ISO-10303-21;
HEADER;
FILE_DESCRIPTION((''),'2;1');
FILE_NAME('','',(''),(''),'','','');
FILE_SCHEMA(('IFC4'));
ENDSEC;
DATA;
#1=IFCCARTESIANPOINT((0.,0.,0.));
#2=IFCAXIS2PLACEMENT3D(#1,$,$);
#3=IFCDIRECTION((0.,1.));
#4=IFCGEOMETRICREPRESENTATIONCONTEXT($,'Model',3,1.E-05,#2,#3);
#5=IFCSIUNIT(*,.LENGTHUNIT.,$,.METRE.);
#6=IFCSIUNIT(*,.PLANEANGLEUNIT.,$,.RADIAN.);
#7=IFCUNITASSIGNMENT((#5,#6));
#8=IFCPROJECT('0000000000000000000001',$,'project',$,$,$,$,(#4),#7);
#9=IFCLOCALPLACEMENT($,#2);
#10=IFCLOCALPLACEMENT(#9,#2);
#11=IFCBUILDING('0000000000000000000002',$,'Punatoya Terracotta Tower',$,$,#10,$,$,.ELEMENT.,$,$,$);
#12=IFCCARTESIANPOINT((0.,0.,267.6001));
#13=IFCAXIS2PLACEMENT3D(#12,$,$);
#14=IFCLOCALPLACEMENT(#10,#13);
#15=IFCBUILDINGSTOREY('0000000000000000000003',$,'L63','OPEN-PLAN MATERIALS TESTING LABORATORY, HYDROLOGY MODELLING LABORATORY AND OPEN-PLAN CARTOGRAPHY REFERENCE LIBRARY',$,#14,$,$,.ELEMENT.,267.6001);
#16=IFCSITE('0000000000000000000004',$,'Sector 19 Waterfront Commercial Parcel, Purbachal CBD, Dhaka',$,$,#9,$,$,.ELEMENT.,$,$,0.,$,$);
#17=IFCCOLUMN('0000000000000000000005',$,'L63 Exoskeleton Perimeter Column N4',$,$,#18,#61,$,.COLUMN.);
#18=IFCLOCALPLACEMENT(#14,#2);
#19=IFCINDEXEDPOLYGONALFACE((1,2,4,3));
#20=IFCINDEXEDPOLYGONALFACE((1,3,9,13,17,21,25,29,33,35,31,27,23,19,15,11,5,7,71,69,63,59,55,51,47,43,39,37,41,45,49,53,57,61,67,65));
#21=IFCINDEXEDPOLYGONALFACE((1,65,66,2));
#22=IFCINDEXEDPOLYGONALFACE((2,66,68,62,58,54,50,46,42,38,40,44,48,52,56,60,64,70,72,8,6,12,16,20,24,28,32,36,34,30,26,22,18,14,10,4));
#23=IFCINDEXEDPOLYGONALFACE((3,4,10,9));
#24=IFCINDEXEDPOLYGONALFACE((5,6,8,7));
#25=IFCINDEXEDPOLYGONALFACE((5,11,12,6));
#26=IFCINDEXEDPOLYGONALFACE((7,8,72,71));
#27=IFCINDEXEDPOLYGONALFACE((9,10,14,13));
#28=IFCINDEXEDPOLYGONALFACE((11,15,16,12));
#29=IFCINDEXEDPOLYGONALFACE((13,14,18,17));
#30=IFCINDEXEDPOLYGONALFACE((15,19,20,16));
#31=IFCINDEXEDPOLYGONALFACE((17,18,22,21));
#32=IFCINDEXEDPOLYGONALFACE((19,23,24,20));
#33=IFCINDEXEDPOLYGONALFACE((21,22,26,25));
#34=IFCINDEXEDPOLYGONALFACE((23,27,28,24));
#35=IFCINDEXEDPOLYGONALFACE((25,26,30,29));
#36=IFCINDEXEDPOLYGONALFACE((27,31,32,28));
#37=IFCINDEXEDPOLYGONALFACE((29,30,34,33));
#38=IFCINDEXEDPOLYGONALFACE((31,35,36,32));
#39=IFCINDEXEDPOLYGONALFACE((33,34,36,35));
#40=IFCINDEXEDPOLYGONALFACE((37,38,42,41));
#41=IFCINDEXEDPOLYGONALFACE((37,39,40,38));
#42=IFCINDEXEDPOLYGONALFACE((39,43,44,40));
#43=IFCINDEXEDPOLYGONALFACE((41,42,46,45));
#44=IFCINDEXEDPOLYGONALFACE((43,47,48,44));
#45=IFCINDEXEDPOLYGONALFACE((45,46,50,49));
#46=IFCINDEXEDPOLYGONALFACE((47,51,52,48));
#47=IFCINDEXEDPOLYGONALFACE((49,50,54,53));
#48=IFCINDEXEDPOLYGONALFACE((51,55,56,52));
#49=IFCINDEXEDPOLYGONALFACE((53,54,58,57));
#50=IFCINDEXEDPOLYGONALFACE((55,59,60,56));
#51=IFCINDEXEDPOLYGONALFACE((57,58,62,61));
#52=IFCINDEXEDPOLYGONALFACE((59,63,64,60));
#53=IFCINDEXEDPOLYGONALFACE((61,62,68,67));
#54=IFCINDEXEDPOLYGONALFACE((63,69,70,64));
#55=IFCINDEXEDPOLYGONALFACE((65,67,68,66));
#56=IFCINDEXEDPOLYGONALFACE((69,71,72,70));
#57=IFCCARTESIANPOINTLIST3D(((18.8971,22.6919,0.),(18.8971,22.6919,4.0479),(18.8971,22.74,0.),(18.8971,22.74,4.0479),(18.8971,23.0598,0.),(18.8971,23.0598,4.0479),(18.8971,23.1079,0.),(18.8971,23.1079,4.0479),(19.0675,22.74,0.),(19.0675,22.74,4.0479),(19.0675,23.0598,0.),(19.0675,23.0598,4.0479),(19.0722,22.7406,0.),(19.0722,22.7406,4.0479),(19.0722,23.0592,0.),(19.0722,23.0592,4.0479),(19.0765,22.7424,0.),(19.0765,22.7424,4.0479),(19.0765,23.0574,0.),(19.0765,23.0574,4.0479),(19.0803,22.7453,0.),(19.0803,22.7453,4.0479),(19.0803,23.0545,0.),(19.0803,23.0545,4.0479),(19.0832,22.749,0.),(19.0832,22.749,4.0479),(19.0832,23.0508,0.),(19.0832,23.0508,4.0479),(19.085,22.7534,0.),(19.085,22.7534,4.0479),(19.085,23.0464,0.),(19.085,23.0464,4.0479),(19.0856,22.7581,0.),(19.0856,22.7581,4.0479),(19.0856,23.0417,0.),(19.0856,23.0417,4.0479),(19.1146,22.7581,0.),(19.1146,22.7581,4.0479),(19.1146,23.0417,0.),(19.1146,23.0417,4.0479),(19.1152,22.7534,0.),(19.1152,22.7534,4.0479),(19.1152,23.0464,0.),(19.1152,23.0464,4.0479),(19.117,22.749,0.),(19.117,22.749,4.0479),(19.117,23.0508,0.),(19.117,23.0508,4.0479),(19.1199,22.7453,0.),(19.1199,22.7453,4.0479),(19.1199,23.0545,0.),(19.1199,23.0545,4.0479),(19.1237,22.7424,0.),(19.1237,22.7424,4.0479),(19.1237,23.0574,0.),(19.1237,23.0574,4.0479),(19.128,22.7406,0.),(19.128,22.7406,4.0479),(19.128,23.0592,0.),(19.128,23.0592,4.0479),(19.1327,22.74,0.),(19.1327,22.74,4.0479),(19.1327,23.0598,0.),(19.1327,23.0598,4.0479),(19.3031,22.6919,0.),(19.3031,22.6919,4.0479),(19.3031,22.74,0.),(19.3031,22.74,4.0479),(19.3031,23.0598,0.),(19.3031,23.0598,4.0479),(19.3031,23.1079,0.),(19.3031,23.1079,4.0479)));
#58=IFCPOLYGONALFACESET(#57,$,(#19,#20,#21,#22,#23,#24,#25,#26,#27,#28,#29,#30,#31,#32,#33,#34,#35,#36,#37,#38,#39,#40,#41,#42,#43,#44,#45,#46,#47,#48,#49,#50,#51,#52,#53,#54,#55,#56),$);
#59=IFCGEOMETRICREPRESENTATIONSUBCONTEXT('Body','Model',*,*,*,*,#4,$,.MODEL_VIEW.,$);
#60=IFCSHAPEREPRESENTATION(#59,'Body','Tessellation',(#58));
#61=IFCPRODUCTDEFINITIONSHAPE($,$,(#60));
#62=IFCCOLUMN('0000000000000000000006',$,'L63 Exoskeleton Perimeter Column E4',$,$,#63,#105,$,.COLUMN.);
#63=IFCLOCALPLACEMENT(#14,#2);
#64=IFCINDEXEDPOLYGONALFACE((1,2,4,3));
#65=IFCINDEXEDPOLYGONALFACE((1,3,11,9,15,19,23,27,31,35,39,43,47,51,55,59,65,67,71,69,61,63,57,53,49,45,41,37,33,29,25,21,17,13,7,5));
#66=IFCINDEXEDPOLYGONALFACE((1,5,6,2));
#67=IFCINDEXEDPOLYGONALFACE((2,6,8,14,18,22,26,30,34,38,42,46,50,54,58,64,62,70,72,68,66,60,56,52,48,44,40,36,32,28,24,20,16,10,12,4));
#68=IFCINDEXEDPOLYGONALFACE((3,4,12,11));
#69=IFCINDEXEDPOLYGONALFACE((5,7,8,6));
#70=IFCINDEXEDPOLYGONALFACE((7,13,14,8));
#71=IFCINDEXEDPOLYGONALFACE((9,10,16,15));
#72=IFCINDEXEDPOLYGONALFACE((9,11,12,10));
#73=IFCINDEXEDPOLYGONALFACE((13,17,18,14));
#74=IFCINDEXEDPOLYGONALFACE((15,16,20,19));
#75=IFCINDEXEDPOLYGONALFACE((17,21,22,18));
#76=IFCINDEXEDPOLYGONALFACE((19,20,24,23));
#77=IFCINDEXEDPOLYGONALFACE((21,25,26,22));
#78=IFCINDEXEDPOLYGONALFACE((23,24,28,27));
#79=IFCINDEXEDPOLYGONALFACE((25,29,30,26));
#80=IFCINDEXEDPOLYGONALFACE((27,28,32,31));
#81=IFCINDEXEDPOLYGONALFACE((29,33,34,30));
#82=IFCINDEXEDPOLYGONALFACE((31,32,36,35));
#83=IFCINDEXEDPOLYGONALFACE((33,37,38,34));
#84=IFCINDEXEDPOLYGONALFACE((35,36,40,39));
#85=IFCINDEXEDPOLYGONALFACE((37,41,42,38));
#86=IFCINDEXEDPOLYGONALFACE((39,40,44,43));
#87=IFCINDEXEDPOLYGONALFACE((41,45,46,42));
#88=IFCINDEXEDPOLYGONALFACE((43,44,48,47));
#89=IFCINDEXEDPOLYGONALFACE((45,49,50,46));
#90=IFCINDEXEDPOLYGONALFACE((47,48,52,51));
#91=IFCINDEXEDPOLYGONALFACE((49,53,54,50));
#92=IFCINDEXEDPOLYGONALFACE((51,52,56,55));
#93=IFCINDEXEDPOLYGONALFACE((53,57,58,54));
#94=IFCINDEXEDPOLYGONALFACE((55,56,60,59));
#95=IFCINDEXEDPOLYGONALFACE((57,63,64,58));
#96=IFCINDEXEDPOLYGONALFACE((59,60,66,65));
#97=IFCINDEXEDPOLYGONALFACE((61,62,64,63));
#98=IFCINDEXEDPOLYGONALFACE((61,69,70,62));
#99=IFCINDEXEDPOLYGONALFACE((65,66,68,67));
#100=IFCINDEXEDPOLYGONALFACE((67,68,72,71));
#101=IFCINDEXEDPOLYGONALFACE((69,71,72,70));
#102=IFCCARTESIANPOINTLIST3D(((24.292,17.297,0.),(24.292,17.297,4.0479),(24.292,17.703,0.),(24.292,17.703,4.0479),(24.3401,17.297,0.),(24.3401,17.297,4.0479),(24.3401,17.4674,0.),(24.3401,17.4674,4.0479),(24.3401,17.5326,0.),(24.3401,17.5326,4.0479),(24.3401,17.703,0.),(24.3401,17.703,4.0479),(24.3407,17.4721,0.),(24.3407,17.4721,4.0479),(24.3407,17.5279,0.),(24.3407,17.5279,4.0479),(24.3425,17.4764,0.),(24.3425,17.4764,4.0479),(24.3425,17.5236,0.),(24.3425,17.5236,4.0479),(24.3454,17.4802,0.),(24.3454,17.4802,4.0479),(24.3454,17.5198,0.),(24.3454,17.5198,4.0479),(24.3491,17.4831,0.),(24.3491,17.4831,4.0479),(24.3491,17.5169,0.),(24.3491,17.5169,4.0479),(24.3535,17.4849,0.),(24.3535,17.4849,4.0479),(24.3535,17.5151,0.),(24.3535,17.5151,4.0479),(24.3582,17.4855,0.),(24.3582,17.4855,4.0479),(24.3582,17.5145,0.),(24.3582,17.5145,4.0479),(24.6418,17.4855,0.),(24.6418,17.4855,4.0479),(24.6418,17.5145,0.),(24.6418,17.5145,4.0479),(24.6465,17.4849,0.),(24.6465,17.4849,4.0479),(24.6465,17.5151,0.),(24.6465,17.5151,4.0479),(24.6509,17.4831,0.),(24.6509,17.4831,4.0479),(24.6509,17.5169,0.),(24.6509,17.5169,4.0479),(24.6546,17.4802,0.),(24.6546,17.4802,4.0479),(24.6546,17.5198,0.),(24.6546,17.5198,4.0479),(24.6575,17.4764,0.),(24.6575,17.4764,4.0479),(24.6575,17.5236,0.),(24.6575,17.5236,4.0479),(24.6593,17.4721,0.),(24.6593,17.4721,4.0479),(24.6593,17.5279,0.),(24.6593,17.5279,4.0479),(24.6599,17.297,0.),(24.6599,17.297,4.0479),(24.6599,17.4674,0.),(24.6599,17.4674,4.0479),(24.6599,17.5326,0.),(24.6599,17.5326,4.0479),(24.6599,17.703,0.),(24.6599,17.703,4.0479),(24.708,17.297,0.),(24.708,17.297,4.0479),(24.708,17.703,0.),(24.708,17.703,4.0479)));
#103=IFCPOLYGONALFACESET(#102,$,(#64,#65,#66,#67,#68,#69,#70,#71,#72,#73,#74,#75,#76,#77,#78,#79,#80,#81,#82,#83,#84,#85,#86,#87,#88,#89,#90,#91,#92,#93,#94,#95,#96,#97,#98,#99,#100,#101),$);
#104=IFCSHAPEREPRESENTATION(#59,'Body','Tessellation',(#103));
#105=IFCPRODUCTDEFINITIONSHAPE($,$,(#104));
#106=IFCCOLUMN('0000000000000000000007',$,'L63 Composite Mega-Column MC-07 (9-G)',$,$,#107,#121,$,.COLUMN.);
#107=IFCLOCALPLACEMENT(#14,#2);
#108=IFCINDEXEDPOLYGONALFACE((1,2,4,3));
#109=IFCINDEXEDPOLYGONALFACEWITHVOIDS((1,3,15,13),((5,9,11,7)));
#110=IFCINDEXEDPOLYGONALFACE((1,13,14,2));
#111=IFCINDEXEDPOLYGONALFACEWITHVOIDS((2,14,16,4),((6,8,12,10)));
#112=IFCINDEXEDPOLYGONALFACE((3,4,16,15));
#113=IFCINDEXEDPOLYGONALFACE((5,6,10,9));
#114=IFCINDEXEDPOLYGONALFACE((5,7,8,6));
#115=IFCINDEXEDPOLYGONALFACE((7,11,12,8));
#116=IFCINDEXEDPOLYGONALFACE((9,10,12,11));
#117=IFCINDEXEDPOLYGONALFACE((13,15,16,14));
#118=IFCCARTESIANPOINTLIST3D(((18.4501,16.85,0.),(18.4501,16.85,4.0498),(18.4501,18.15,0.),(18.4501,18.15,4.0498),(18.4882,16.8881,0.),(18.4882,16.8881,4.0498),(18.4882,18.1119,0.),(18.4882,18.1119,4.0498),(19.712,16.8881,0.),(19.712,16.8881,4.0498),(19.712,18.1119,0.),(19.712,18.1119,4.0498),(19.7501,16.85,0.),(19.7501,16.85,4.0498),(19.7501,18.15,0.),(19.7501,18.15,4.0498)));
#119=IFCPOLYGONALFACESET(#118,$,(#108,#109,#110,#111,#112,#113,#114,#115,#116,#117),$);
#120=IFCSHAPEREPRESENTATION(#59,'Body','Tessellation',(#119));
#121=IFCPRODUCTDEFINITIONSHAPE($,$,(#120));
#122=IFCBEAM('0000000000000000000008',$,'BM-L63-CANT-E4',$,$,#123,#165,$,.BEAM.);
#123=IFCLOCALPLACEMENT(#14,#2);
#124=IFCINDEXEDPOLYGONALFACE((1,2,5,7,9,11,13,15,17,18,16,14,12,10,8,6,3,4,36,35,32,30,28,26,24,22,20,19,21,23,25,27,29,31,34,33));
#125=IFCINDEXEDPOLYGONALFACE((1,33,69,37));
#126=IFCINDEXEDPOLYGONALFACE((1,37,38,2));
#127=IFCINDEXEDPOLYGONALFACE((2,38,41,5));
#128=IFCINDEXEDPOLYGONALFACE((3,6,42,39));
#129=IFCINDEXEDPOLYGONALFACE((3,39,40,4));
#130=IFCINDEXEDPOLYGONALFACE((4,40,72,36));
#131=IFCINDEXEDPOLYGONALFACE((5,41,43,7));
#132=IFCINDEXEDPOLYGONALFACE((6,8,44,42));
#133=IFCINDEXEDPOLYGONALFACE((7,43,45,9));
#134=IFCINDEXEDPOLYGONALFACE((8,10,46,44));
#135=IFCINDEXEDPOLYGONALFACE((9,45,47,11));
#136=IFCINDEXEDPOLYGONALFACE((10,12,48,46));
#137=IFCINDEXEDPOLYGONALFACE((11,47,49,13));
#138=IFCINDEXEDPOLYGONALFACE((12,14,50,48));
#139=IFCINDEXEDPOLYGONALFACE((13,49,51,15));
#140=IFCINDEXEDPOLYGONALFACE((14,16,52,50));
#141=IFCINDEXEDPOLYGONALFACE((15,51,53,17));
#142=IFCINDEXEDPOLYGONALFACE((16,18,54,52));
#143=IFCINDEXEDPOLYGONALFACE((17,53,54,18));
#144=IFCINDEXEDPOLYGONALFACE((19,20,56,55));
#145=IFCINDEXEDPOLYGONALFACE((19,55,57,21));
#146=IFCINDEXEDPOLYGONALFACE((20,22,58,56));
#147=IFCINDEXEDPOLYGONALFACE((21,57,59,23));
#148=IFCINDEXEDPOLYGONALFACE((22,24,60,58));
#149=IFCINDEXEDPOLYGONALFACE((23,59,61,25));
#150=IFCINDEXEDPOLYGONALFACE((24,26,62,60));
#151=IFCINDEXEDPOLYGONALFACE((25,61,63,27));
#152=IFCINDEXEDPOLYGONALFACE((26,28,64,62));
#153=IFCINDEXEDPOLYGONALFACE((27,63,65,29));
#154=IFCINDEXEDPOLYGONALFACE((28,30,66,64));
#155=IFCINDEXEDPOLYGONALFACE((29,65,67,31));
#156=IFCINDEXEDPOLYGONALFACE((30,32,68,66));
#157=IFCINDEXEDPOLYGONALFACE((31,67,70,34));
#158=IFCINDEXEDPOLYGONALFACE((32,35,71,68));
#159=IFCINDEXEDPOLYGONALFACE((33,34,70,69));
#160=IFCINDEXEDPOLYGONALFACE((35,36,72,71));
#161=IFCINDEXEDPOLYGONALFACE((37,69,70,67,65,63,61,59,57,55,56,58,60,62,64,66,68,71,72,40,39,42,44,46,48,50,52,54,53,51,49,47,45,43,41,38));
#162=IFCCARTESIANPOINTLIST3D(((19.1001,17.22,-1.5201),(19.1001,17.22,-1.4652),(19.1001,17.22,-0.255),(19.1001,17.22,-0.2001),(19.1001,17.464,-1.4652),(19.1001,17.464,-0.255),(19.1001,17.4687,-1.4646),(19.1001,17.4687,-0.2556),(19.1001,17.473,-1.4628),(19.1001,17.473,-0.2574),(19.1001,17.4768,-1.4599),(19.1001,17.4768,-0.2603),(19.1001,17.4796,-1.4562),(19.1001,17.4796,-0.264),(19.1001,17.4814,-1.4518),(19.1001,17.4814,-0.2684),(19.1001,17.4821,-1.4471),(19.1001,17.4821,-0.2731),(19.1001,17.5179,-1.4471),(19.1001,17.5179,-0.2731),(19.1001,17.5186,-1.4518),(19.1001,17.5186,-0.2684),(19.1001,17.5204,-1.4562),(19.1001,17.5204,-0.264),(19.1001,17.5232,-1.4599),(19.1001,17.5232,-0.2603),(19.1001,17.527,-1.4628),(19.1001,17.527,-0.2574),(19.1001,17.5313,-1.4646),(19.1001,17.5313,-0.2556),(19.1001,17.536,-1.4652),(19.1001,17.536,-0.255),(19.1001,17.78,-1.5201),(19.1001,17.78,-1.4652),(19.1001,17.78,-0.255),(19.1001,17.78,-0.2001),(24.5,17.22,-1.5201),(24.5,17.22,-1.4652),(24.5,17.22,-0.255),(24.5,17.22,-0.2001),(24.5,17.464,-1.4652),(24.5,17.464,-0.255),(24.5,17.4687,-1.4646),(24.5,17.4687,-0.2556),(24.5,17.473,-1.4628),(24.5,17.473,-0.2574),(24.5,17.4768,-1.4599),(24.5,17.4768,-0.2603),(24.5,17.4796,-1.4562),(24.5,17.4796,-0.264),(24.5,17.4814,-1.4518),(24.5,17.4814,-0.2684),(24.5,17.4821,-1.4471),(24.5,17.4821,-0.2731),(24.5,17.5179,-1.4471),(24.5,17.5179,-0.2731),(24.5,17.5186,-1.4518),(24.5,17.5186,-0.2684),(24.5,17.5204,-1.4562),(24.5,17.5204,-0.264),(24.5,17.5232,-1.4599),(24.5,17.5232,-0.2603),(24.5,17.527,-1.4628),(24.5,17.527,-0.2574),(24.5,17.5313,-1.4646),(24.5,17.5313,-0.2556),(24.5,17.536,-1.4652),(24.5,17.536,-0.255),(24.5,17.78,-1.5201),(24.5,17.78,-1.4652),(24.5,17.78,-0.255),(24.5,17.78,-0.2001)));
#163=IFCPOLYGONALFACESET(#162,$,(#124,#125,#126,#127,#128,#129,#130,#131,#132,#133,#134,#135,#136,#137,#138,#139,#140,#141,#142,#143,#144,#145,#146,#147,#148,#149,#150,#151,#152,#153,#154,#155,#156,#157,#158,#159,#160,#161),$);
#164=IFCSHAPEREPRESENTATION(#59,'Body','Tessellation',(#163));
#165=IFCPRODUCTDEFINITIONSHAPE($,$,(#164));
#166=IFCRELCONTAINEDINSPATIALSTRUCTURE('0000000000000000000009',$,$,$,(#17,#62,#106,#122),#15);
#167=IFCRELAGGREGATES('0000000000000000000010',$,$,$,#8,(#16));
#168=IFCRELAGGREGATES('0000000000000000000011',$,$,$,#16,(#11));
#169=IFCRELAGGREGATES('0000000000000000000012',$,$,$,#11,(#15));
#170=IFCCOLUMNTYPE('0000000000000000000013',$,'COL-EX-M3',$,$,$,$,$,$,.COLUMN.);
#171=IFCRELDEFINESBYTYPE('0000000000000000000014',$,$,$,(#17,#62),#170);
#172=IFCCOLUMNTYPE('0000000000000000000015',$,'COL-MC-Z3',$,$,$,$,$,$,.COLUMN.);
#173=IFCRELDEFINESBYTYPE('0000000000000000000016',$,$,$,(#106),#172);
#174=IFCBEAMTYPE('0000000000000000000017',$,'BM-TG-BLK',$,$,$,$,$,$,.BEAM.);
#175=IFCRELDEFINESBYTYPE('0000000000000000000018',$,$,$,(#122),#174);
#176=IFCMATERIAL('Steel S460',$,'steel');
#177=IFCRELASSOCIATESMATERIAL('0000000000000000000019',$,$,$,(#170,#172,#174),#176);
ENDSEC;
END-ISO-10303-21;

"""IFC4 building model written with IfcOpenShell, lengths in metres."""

from ifc_helpers import new_model, si_unit, direction, frame, origin, origin_2d, place, context, subcontext, project, spatial, hollow_rectangle, i_section, extrude, material, material_profile, profile_set, type_object, element, save


model = new_model("IFC4")

# Units and contexts
model_context = context("Model", 3, precision=1e-05, world=origin(), true_north=direction((0.0, 1.0)))
body_context = subcontext(model_context, "Body", "Model", "MODEL_VIEW")
ifc_project = project(units=[si_unit("LENGTHUNIT", "METRE"), si_unit("PLANEANGLEUNIT", "RADIAN")], contexts=[model_context])

# Site, building, storey
site_placement = place(None, origin())
site = spatial("IfcSite", under=ifc_project, at=site_placement, Name="Sector 19 Waterfront Commercial Parcel, Purbachal CBD, Dhaka", CompositionType="ELEMENT", RefElevation=0.0)
building_placement = place(site_placement, origin())
building = spatial("IfcBuilding", under=site, at=building_placement, Name="Punatoya Terracotta Tower", CompositionType="ELEMENT")
storey_placement = place(building_placement, frame((0.0, 0.0, 267.6001)))
storey = spatial("IfcBuildingStorey", under=building, at=storey_placement, Name="L63", Description="OPEN-PLAN MATERIALS TESTING LABORATORY, HYDROLOGY MODELLING LABORATORY AND OPEN-PLAN CARTOGRAPHY REFERENCE LIBRARY", CompositionType="ELEMENT", Elevation=267.6001)

# Columns
ifc_material_1 = material(Name="Steel S460", Category="steel")
ifc_material_profile_1 = material_profile(ifc_material_1, i_section(OverallWidth=0.406, OverallDepth=0.416, WebThickness=0.0291, FlangeThickness=0.0481, FilletRadius=0.0181, at=origin_2d()))
ifc_profile_set_1 = profile_set([ifc_material_profile_1], Name="Steel S460")
column_type_1 = type_object("IfcColumnType", Name="COL-EX-M3", PredefinedType="COLUMN", material=ifc_profile_set_1)
for number, where, z_axis, x_axis, name in (
    (1, (19.1001, 22.8999, 0.0), (0.0, 0.0, 1.0), (1.0, 0.0, 0.0), "L63 Exoskeleton Perimeter Column N4"),
    (2, (24.5, 17.5, 0.0), (0.0, 0.0, 1.0), (0.0, 1.0, 0.0), "L63 Exoskeleton Perimeter Column E4"),
):
    element("IfcColumn", number, at=place(storey_placement, frame(where, z_axis=z_axis, x_axis=x_axis)), inside=storey, type_object=column_type_1, Name=name, PredefinedType="COLUMN", context=body_context, shape_type="SweptSolid", body=[
        extrude(i_section(OverallWidth=0.406, OverallDepth=0.416, WebThickness=0.0291, FlangeThickness=0.0481, FilletRadius=0.0181, at=origin_2d()), origin(), (0.0, 0.0, 1.0), 4.0479),
    ])
ifc_material_profile_2 = material_profile(ifc_material_1, hollow_rectangle(XDim=1.3, YDim=1.3, WallThickness=0.0381, at=origin_2d()))
ifc_profile_set_2 = profile_set([ifc_material_profile_2], Name="Steel S460")
column_type_2 = type_object("IfcColumnType", Name="COL-MC-Z3", PredefinedType="COLUMN", material=ifc_profile_set_2)
column_placement = place(storey_placement, frame((19.1001, 17.5, 0.0), z_axis=(0.0, 0.0, 1.0), x_axis=(1.0, 0.0, 0.0)))
element("IfcColumn", 3, at=column_placement, inside=storey, type_object=column_type_2, Name="L63 Composite Mega-Column MC-07 (9-G)", PredefinedType="COLUMN", context=body_context, shape_type="SweptSolid", body=[
    extrude(hollow_rectangle(XDim=1.3, YDim=1.3, WallThickness=0.0381, at=origin_2d()), origin(), (0.0, 0.0, 1.0), 4.0498),
])

# Beam
ifc_material_profile_3 = material_profile(ifc_material_1, i_section(OverallWidth=0.5601, OverallDepth=1.3201, WebThickness=0.0359, FlangeThickness=0.0549, FilletRadius=0.0181, at=origin_2d()))
ifc_profile_set_3 = profile_set([ifc_material_profile_3], Name="Steel S460")
beam_type = type_object("IfcBeamType", Name="BM-TG-BLK", PredefinedType="BEAM", material=ifc_profile_set_3)
for number, where, z_axis, x_axis, name in (
    (4, (19.1001, 17.5, -0.8601), (1.0, 0.0, 0.0), (0.0, 1.0, 0.0), "BM-L63-CANT-E4"),
):
    element("IfcBeam", number, at=place(storey_placement, frame(where, z_axis=z_axis, x_axis=x_axis)), inside=storey, type_object=beam_type, Name=name, PredefinedType="BEAM", context=body_context, shape_type="SweptSolid", body=[
        extrude(i_section(OverallWidth=0.5601, OverallDepth=1.3201, WebThickness=0.0359, FlangeThickness=0.0549, FilletRadius=0.0181, at=origin_2d()), origin(), (0.0, 0.0, 1.0), 5.3999),
    ])

save(model, "model.ifc")
